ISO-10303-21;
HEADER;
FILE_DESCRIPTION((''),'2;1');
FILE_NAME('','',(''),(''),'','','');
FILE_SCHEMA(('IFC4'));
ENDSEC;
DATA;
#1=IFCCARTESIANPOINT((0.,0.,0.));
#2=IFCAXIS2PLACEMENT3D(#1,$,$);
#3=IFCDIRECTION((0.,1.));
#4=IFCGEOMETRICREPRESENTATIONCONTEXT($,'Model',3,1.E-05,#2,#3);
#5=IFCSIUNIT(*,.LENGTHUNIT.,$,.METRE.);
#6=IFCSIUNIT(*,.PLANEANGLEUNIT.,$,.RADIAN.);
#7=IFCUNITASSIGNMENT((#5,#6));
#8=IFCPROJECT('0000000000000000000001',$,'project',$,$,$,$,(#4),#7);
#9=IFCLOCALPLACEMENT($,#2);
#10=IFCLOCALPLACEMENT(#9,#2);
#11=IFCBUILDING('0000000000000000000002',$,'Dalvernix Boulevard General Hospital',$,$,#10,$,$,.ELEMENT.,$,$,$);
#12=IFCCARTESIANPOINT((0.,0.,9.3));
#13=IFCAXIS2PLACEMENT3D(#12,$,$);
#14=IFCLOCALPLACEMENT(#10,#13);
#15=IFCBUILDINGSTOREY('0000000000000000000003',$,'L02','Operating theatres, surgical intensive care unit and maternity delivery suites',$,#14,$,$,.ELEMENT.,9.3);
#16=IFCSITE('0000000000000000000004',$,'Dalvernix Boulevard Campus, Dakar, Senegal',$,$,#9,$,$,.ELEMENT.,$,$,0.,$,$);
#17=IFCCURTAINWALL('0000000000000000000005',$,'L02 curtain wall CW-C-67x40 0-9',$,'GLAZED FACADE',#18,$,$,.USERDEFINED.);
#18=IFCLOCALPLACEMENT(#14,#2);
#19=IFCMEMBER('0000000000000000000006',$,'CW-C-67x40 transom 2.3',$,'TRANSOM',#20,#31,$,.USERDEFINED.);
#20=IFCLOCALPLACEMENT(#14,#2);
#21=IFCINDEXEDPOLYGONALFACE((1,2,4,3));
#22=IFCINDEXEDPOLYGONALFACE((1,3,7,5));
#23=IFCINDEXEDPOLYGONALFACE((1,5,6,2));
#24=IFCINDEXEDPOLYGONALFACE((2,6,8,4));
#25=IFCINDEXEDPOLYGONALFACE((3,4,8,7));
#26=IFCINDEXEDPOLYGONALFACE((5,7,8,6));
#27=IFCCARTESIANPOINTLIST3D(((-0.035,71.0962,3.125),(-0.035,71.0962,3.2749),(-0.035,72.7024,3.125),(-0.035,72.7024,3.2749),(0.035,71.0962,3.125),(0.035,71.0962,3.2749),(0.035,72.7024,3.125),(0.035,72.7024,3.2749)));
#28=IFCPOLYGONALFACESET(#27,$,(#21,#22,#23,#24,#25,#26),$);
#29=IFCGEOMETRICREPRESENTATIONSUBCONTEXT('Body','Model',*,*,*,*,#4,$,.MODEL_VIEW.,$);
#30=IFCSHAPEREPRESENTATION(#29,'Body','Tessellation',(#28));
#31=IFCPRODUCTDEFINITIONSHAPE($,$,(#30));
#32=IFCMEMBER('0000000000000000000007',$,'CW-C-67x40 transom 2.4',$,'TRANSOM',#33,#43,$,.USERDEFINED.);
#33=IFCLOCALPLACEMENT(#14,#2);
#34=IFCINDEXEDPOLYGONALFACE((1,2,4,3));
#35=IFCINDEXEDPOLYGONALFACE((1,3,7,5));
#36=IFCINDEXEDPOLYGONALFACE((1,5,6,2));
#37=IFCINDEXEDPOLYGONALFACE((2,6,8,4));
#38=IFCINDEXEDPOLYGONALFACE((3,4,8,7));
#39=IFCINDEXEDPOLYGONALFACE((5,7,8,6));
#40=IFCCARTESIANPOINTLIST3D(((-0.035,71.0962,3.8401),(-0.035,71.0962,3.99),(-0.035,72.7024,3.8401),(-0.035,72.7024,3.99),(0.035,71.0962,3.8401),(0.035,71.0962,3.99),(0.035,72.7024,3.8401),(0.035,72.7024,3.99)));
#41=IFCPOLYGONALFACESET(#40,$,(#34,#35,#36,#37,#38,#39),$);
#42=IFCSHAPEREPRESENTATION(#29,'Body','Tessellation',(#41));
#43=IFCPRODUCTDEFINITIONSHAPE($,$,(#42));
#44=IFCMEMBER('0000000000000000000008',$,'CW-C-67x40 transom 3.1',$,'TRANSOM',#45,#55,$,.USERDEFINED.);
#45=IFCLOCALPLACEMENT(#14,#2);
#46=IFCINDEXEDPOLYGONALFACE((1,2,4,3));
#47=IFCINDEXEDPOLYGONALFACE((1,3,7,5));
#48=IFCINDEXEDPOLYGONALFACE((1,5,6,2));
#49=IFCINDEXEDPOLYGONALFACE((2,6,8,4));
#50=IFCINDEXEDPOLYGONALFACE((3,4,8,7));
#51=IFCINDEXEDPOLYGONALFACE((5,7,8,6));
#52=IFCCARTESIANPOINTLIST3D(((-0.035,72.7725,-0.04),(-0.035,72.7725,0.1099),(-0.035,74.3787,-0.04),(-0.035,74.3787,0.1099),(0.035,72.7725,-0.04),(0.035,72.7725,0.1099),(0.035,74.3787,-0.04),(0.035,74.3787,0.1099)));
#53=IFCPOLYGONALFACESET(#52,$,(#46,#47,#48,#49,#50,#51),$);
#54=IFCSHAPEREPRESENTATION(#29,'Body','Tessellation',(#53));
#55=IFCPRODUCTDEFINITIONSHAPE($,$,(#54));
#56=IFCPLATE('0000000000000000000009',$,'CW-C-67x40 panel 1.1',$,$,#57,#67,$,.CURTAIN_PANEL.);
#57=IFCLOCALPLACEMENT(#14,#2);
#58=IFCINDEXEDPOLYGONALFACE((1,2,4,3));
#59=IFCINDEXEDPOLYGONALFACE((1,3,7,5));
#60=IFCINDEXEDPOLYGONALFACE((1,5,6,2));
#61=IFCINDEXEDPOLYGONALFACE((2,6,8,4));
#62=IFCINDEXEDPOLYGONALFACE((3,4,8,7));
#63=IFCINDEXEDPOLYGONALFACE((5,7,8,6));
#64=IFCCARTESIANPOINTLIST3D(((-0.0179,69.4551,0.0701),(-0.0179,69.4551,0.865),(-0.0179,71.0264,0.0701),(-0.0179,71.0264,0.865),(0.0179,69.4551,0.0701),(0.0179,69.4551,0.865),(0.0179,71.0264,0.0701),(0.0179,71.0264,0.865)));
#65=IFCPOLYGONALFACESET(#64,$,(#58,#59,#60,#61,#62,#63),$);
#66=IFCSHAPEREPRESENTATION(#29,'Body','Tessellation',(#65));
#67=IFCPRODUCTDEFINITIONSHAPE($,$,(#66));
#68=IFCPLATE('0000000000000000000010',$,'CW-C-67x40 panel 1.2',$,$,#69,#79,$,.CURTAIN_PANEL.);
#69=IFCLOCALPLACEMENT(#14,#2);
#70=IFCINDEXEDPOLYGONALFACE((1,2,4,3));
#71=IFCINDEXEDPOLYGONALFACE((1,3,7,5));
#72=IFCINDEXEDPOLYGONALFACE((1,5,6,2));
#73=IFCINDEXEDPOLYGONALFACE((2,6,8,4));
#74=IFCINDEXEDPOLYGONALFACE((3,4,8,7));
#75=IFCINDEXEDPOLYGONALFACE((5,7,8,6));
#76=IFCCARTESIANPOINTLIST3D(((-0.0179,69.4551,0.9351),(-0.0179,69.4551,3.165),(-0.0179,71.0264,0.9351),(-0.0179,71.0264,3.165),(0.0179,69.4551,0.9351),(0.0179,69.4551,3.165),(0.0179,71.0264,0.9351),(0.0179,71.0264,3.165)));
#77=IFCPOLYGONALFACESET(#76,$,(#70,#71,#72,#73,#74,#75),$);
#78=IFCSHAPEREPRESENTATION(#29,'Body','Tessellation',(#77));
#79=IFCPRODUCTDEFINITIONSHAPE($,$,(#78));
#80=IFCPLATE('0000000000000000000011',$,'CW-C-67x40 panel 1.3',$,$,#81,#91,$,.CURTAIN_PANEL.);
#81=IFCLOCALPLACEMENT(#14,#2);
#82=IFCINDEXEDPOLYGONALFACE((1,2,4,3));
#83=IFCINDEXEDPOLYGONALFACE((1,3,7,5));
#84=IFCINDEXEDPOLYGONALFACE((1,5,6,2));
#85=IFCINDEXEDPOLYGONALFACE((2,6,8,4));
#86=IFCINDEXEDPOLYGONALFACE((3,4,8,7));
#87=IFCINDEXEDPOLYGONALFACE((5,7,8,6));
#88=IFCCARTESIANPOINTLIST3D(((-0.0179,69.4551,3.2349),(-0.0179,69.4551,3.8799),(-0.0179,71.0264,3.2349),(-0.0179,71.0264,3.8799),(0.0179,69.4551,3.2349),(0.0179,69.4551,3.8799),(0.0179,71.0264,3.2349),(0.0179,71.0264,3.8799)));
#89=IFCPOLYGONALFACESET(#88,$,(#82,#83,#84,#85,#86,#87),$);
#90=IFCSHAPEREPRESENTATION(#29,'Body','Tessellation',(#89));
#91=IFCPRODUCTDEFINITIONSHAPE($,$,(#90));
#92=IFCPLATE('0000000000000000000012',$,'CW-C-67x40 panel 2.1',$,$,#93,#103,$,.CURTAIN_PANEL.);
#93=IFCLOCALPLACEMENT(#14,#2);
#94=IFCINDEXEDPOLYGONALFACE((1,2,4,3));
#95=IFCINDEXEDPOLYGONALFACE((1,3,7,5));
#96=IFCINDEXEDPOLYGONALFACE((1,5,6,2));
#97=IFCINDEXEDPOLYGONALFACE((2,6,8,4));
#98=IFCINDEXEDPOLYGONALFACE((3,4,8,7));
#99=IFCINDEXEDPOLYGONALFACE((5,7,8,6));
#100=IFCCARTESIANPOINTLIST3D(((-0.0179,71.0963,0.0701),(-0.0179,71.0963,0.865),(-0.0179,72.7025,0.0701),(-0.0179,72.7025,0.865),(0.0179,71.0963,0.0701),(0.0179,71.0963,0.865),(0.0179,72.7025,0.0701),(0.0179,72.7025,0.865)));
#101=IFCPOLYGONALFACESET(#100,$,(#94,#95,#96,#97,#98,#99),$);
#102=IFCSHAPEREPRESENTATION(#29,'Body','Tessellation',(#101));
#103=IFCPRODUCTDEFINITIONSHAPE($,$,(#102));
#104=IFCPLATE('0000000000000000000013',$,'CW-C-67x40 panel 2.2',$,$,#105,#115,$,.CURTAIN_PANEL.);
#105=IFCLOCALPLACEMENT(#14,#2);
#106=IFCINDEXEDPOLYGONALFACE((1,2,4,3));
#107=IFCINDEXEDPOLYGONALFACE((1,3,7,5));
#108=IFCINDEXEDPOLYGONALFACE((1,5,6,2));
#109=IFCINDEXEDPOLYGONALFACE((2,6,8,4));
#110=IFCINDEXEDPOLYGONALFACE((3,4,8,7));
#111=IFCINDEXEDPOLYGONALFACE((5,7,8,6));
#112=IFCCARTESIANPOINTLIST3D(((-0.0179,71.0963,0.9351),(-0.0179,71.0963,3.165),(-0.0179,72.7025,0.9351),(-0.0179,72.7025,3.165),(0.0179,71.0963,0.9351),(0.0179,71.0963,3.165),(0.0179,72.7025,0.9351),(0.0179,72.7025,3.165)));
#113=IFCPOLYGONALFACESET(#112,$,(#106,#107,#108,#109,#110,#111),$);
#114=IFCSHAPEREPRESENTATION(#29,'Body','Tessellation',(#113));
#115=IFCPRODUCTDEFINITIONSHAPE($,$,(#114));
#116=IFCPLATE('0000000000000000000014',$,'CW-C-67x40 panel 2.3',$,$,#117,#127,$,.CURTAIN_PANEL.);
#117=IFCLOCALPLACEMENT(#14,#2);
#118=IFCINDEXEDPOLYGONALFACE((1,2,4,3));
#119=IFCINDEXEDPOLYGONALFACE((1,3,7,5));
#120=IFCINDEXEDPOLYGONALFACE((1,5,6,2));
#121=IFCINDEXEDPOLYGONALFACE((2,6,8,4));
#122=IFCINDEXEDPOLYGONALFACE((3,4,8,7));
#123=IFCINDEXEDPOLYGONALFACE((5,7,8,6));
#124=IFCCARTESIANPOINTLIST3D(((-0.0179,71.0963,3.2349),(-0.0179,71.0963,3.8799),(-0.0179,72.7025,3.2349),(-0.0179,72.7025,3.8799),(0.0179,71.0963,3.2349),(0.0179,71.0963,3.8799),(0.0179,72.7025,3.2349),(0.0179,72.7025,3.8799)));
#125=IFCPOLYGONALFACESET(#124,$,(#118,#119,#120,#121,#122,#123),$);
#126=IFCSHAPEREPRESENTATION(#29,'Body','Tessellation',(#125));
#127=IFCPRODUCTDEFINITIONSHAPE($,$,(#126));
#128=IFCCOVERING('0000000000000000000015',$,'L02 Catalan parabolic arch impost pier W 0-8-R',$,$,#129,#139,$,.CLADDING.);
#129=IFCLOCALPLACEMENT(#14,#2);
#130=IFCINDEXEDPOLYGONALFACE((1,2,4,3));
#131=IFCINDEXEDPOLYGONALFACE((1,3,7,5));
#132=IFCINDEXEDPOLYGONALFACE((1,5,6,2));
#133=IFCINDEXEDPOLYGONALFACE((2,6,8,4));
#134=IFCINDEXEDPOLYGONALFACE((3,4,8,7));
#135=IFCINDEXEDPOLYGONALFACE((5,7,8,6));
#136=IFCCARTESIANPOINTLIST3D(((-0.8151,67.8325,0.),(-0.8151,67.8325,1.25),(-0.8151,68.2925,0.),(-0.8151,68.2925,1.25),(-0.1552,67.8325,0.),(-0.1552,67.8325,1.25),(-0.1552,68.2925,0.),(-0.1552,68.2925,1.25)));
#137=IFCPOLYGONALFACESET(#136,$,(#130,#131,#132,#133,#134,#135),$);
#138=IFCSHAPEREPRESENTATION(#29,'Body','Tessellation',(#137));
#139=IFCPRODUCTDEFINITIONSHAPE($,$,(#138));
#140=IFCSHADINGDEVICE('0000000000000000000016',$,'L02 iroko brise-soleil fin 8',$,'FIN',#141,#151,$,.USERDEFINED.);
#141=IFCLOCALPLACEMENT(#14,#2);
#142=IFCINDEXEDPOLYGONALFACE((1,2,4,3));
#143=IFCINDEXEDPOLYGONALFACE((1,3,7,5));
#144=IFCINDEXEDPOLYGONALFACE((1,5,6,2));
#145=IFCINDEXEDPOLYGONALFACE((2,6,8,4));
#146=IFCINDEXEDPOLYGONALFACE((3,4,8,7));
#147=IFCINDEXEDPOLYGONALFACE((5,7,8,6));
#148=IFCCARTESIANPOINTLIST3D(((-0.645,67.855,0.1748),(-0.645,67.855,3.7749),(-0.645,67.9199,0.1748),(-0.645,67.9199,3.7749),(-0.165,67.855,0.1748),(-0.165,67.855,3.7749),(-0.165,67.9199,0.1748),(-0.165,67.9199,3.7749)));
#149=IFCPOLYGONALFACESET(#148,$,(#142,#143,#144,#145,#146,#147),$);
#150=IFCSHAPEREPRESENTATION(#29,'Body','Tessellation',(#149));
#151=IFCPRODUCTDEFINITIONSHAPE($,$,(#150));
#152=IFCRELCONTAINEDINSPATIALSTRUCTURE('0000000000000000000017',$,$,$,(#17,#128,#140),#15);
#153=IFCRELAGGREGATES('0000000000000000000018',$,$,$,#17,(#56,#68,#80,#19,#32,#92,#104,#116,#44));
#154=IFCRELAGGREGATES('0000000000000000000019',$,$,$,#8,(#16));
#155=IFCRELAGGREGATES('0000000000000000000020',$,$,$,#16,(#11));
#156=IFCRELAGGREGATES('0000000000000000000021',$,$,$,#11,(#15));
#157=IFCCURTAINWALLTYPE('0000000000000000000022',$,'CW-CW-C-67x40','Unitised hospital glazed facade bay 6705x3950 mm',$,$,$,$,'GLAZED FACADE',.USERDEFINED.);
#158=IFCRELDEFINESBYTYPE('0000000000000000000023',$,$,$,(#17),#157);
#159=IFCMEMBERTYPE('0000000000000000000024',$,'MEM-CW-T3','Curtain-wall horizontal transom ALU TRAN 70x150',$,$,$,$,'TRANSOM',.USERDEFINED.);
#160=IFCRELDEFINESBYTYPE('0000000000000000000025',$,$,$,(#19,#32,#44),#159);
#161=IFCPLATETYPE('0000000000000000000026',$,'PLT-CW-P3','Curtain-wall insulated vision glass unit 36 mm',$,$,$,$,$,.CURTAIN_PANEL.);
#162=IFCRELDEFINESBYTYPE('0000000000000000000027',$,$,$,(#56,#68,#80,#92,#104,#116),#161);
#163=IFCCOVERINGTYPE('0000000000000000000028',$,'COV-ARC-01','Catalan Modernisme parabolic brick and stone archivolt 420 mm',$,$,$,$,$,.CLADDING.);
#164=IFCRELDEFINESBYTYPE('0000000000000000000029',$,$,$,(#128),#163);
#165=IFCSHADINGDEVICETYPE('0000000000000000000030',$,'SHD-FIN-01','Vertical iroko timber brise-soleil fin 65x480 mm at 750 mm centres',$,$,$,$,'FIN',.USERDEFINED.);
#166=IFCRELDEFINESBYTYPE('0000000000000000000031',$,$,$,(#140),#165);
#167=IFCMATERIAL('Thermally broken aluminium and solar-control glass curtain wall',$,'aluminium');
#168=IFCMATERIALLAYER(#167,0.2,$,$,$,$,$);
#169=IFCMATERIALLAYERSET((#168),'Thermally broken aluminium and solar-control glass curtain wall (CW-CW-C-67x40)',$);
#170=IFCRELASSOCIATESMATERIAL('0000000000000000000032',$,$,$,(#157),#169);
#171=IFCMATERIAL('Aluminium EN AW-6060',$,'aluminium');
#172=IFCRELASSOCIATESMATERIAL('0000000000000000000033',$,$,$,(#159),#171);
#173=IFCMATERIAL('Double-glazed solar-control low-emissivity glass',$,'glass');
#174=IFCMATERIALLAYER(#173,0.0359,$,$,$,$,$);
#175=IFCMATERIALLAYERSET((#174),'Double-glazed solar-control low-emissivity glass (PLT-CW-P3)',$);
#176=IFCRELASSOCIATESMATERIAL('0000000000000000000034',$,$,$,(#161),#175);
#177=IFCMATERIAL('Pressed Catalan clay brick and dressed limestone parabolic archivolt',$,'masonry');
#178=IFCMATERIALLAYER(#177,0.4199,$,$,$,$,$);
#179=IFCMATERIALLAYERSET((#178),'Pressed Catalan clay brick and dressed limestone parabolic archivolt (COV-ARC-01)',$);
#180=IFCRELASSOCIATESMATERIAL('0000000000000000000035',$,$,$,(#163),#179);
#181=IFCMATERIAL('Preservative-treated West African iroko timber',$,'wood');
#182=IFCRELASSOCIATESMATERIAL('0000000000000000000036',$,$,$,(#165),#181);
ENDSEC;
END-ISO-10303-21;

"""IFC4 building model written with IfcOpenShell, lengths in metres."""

from ifc_helpers import new_model, si_unit, direction, frame, origin, origin_2d, place, context, subcontext, project, spatial, rectangle, extrude, material, layer, layer_set, material_profile, profile_set, type_object, element, aggregate, save


model = new_model("IFC4")

# Units and contexts
model_context = context("Model", 3, precision=1e-05, world=origin(), true_north=direction((0.0, 1.0)))
body_context = subcontext(model_context, "Body", "Model", "MODEL_VIEW")
ifc_project = project(units=[si_unit("LENGTHUNIT", "METRE"), si_unit("PLANEANGLEUNIT", "RADIAN")], contexts=[model_context])

# Site, building, storey
site_placement = place(None, origin())
site = spatial("IfcSite", under=ifc_project, at=site_placement, Name="Dalvernix Boulevard Campus, Dakar, Senegal", CompositionType="ELEMENT", RefElevation=0.0)
building_placement = place(site_placement, origin())
building = spatial("IfcBuilding", under=site, at=building_placement, Name="Dalvernix Boulevard General Hospital", CompositionType="ELEMENT")
storey_placement = place(building_placement, frame((0.0, 0.0, 9.3)))
storey = spatial("IfcBuildingStorey", under=building, at=storey_placement, Name="L02", Description="Operating theatres, surgical intensive care unit and maternity delivery suites", CompositionType="ELEMENT", Elevation=9.3)

# Curtain wall, members, plates
ifc_material_1 = material(Name="Thermally broken aluminium and solar-control glass curtain wall", Category="aluminium")
ifc_layer_1 = layer(ifc_material_1, 0.2)
ifc_layer_set_1 = layer_set([ifc_layer_1], Name="Thermally broken aluminium and solar-control glass curtain wall (CW-CW-C-67x40)")
curtain_wall_type = type_object("IfcCurtainWallType", Name="CW-CW-C-67x40", Description="Unitised hospital glazed facade bay 6705x3950 mm", ElementType="GLAZED FACADE", PredefinedType="USERDEFINED", material=ifc_layer_set_1)
curtain_wall_placement = place(storey_placement, origin())
curtain_wall = element("IfcCurtainWall", 1, at=curtain_wall_placement, inside=storey, type_object=curtain_wall_type, Name="L02 curtain wall CW-C-67x40 0-9", ObjectType="GLAZED FACADE", PredefinedType="USERDEFINED")
ifc_material_2 = material(Name="Aluminium EN AW-6060", Category="aluminium")
ifc_material_profile_1 = material_profile(ifc_material_2, rectangle(XDim=0.0701, YDim=0.1499, at=origin_2d()), Name="ALU TRAN 70x150")
ifc_profile_set_1 = profile_set([ifc_material_profile_1], Name="Aluminium EN AW-6060")
member_type_1 = type_object("IfcMemberType", Name="MEM-CW-T3", Description="Curtain-wall horizontal transom ALU TRAN 70x150", ElementType="TRANSOM", PredefinedType="USERDEFINED", material=ifc_profile_set_1)
member_1_placement = place(storey_placement, frame((0.0, 71.0962, 3.2), z_axis=(0.0, 1.0, 0.0), x_axis=(-1.0, 0.0, 0.0)))
member_1 = element("IfcMember", 2, at=member_1_placement, type_object=member_type_1, Name="CW-C-67x40 transom 2.3", ObjectType="TRANSOM", PredefinedType="USERDEFINED", context=body_context, shape_type="SweptSolid", body=[
    extrude(rectangle(XDim=0.0701, YDim=0.1499, at=origin_2d()), origin(), (0.0, 0.0, 1.0), 1.6062),
])
member_2_placement = place(storey_placement, frame((0.0, 71.0962, 3.915), z_axis=(0.0, 1.0, 0.0), x_axis=(-1.0, 0.0, 0.0)))
member_2 = element("IfcMember", 3, at=member_2_placement, type_object=member_type_1, Name="CW-C-67x40 transom 2.4", ObjectType="TRANSOM", PredefinedType="USERDEFINED", context=body_context, shape_type="SweptSolid", body=[
    extrude(rectangle(XDim=0.0701, YDim=0.1499, at=origin_2d()), origin(), (0.0, 0.0, 1.0), 1.6062),
])
member_3_placement = place(storey_placement, frame((0.0, 72.7725, 0.0349), z_axis=(0.0, 1.0, 0.0), x_axis=(-1.0, 0.0, 0.0)))
member_3 = element("IfcMember", 4, at=member_3_placement, type_object=member_type_1, Name="CW-C-67x40 transom 3.1", ObjectType="TRANSOM", PredefinedType="USERDEFINED", context=body_context, shape_type="SweptSolid", body=[
    extrude(rectangle(XDim=0.0701, YDim=0.1499, at=origin_2d()), origin(), (0.0, 0.0, 1.0), 1.6062),
])
ifc_material_3 = material(Name="Double-glazed solar-control low-emissivity glass", Category="glass")
ifc_layer_2 = layer(ifc_material_3, 0.0359)
ifc_layer_set_2 = layer_set([ifc_layer_2], Name="Double-glazed solar-control low-emissivity glass (PLT-CW-P3)")
plate_type = type_object("IfcPlateType", Name="PLT-CW-P3", Description="Curtain-wall insulated vision glass unit 36 mm", PredefinedType="CURTAIN_PANEL", material=ifc_layer_set_2)
plate_1_placement = place(storey_placement, frame((0.0, 70.2407, 0.0701), z_axis=(0.0, 0.0, 1.0), x_axis=(0.0, 1.0, 0.0)))
plate_1 = element("IfcPlate", 5, at=plate_1_placement, type_object=plate_type, Name="CW-C-67x40 panel 1.1", PredefinedType="CURTAIN_PANEL", context=body_context, shape_type="SweptSolid", body=[
    extrude(rectangle(XDim=1.5713, YDim=0.0359, at=origin_2d()), origin(), (0.0, 0.0, 1.0), 0.7949),
])
plate_2_placement = place(storey_placement, frame((0.0, 70.2407, 0.9351), z_axis=(0.0, 0.0, 1.0), x_axis=(0.0, 1.0, 0.0)))
plate_2 = element("IfcPlate", 6, at=plate_2_placement, type_object=plate_type, Name="CW-C-67x40 panel 1.2", PredefinedType="CURTAIN_PANEL", context=body_context, shape_type="SweptSolid", body=[
    extrude(rectangle(XDim=1.5713, YDim=0.0359, at=origin_2d()), origin(), (0.0, 0.0, 1.0), 2.23),
])
plate_3_placement = place(storey_placement, frame((0.0, 70.2407, 3.2349), z_axis=(0.0, 0.0, 1.0), x_axis=(0.0, 1.0, 0.0)))
plate_3 = element("IfcPlate", 7, at=plate_3_placement, type_object=plate_type, Name="CW-C-67x40 panel 1.3", PredefinedType="CURTAIN_PANEL", context=body_context, shape_type="SweptSolid", body=[
    extrude(rectangle(XDim=1.5713, YDim=0.0359, at=origin_2d()), origin(), (0.0, 0.0, 1.0), 0.645),
])
plate_4_placement = place(storey_placement, frame((0.0, 71.8994, 0.0701), z_axis=(0.0, 0.0, 1.0), x_axis=(0.0, 1.0, 0.0)))
plate_4 = element("IfcPlate", 8, at=plate_4_placement, type_object=plate_type, Name="CW-C-67x40 panel 2.1", PredefinedType="CURTAIN_PANEL", context=body_context, shape_type="SweptSolid", body=[
    extrude(rectangle(XDim=1.6062, YDim=0.0359, at=origin_2d()), origin(), (0.0, 0.0, 1.0), 0.7949),
])
plate_5_placement = place(storey_placement, frame((0.0, 71.8994, 0.9351), z_axis=(0.0, 0.0, 1.0), x_axis=(0.0, 1.0, 0.0)))
plate_5 = element("IfcPlate", 9, at=plate_5_placement, type_object=plate_type, Name="CW-C-67x40 panel 2.2", PredefinedType="CURTAIN_PANEL", context=body_context, shape_type="SweptSolid", body=[
    extrude(rectangle(XDim=1.6062, YDim=0.0359, at=origin_2d()), origin(), (0.0, 0.0, 1.0), 2.23),
])
plate_6_placement = place(storey_placement, frame((0.0, 71.8994, 3.2349), z_axis=(0.0, 0.0, 1.0), x_axis=(0.0, 1.0, 0.0)))
plate_6 = element("IfcPlate", 10, at=plate_6_placement, type_object=plate_type, Name="CW-C-67x40 panel 2.3", PredefinedType="CURTAIN_PANEL", context=body_context, shape_type="SweptSolid", body=[
    extrude(rectangle(XDim=1.6062, YDim=0.0359, at=origin_2d()), origin(), (0.0, 0.0, 1.0), 0.645),
])
aggregate(curtain_wall, [plate_1, plate_2, plate_3, member_1, member_2, plate_4, plate_5, plate_6, member_3])

# Covering
ifc_material_4 = material(Name="Pressed Catalan clay brick and dressed limestone parabolic archivolt", Category="masonry")
ifc_layer_3 = layer(ifc_material_4, 0.4199)
ifc_layer_set_3 = layer_set([ifc_layer_3], Name="Pressed Catalan clay brick and dressed limestone parabolic archivolt (COV-ARC-01)")
covering_type = type_object("IfcCoveringType", Name="COV-ARC-01", Description="Catalan Modernisme parabolic brick and stone archivolt 420 mm", PredefinedType="CLADDING", material=ifc_layer_set_3)
covering_placement = place(storey_placement, frame((-0.4851, 68.0625, 0.0), z_axis=(0.0, 0.0, 1.0), x_axis=(0.0, 1.0, 0.0)))
element("IfcCovering", 11, at=covering_placement, inside=storey, type_object=covering_type, Name="L02 Catalan parabolic arch impost pier W 0-8-R", PredefinedType="CLADDING", context=body_context, shape_type="SweptSolid", body=[
    extrude(rectangle(XDim=0.46, YDim=0.6599, at=origin_2d()), origin(), (0.0, 0.0, 1.0), 1.25),
])

# Shading device
ifc_material_5 = material(Name="Preservative-treated West African iroko timber", Category="wood")
shading_device_type = type_object("IfcShadingDeviceType", Name="SHD-FIN-01", Description="Vertical iroko timber brise-soleil fin 65x480 mm at 750 mm centres", ElementType="FIN", PredefinedType="USERDEFINED", material=ifc_material_5)
shading_device_placement = place(storey_placement, frame((-0.405, 67.8875, 0.1748), z_axis=(0.0, 0.0, 1.0), x_axis=(0.0, 1.0, 0.0)))
element("IfcShadingDevice", 12, at=shading_device_placement, inside=storey, type_object=shading_device_type, Name="L02 iroko brise-soleil fin 8", ObjectType="FIN", PredefinedType="USERDEFINED", context=body_context, shape_type="SweptSolid", body=[
    extrude(rectangle(XDim=0.0649, YDim=0.48, at=origin_2d()), origin(), (0.0, 0.0, 1.0), 3.6001),
])

save(model, "model.ifc")
